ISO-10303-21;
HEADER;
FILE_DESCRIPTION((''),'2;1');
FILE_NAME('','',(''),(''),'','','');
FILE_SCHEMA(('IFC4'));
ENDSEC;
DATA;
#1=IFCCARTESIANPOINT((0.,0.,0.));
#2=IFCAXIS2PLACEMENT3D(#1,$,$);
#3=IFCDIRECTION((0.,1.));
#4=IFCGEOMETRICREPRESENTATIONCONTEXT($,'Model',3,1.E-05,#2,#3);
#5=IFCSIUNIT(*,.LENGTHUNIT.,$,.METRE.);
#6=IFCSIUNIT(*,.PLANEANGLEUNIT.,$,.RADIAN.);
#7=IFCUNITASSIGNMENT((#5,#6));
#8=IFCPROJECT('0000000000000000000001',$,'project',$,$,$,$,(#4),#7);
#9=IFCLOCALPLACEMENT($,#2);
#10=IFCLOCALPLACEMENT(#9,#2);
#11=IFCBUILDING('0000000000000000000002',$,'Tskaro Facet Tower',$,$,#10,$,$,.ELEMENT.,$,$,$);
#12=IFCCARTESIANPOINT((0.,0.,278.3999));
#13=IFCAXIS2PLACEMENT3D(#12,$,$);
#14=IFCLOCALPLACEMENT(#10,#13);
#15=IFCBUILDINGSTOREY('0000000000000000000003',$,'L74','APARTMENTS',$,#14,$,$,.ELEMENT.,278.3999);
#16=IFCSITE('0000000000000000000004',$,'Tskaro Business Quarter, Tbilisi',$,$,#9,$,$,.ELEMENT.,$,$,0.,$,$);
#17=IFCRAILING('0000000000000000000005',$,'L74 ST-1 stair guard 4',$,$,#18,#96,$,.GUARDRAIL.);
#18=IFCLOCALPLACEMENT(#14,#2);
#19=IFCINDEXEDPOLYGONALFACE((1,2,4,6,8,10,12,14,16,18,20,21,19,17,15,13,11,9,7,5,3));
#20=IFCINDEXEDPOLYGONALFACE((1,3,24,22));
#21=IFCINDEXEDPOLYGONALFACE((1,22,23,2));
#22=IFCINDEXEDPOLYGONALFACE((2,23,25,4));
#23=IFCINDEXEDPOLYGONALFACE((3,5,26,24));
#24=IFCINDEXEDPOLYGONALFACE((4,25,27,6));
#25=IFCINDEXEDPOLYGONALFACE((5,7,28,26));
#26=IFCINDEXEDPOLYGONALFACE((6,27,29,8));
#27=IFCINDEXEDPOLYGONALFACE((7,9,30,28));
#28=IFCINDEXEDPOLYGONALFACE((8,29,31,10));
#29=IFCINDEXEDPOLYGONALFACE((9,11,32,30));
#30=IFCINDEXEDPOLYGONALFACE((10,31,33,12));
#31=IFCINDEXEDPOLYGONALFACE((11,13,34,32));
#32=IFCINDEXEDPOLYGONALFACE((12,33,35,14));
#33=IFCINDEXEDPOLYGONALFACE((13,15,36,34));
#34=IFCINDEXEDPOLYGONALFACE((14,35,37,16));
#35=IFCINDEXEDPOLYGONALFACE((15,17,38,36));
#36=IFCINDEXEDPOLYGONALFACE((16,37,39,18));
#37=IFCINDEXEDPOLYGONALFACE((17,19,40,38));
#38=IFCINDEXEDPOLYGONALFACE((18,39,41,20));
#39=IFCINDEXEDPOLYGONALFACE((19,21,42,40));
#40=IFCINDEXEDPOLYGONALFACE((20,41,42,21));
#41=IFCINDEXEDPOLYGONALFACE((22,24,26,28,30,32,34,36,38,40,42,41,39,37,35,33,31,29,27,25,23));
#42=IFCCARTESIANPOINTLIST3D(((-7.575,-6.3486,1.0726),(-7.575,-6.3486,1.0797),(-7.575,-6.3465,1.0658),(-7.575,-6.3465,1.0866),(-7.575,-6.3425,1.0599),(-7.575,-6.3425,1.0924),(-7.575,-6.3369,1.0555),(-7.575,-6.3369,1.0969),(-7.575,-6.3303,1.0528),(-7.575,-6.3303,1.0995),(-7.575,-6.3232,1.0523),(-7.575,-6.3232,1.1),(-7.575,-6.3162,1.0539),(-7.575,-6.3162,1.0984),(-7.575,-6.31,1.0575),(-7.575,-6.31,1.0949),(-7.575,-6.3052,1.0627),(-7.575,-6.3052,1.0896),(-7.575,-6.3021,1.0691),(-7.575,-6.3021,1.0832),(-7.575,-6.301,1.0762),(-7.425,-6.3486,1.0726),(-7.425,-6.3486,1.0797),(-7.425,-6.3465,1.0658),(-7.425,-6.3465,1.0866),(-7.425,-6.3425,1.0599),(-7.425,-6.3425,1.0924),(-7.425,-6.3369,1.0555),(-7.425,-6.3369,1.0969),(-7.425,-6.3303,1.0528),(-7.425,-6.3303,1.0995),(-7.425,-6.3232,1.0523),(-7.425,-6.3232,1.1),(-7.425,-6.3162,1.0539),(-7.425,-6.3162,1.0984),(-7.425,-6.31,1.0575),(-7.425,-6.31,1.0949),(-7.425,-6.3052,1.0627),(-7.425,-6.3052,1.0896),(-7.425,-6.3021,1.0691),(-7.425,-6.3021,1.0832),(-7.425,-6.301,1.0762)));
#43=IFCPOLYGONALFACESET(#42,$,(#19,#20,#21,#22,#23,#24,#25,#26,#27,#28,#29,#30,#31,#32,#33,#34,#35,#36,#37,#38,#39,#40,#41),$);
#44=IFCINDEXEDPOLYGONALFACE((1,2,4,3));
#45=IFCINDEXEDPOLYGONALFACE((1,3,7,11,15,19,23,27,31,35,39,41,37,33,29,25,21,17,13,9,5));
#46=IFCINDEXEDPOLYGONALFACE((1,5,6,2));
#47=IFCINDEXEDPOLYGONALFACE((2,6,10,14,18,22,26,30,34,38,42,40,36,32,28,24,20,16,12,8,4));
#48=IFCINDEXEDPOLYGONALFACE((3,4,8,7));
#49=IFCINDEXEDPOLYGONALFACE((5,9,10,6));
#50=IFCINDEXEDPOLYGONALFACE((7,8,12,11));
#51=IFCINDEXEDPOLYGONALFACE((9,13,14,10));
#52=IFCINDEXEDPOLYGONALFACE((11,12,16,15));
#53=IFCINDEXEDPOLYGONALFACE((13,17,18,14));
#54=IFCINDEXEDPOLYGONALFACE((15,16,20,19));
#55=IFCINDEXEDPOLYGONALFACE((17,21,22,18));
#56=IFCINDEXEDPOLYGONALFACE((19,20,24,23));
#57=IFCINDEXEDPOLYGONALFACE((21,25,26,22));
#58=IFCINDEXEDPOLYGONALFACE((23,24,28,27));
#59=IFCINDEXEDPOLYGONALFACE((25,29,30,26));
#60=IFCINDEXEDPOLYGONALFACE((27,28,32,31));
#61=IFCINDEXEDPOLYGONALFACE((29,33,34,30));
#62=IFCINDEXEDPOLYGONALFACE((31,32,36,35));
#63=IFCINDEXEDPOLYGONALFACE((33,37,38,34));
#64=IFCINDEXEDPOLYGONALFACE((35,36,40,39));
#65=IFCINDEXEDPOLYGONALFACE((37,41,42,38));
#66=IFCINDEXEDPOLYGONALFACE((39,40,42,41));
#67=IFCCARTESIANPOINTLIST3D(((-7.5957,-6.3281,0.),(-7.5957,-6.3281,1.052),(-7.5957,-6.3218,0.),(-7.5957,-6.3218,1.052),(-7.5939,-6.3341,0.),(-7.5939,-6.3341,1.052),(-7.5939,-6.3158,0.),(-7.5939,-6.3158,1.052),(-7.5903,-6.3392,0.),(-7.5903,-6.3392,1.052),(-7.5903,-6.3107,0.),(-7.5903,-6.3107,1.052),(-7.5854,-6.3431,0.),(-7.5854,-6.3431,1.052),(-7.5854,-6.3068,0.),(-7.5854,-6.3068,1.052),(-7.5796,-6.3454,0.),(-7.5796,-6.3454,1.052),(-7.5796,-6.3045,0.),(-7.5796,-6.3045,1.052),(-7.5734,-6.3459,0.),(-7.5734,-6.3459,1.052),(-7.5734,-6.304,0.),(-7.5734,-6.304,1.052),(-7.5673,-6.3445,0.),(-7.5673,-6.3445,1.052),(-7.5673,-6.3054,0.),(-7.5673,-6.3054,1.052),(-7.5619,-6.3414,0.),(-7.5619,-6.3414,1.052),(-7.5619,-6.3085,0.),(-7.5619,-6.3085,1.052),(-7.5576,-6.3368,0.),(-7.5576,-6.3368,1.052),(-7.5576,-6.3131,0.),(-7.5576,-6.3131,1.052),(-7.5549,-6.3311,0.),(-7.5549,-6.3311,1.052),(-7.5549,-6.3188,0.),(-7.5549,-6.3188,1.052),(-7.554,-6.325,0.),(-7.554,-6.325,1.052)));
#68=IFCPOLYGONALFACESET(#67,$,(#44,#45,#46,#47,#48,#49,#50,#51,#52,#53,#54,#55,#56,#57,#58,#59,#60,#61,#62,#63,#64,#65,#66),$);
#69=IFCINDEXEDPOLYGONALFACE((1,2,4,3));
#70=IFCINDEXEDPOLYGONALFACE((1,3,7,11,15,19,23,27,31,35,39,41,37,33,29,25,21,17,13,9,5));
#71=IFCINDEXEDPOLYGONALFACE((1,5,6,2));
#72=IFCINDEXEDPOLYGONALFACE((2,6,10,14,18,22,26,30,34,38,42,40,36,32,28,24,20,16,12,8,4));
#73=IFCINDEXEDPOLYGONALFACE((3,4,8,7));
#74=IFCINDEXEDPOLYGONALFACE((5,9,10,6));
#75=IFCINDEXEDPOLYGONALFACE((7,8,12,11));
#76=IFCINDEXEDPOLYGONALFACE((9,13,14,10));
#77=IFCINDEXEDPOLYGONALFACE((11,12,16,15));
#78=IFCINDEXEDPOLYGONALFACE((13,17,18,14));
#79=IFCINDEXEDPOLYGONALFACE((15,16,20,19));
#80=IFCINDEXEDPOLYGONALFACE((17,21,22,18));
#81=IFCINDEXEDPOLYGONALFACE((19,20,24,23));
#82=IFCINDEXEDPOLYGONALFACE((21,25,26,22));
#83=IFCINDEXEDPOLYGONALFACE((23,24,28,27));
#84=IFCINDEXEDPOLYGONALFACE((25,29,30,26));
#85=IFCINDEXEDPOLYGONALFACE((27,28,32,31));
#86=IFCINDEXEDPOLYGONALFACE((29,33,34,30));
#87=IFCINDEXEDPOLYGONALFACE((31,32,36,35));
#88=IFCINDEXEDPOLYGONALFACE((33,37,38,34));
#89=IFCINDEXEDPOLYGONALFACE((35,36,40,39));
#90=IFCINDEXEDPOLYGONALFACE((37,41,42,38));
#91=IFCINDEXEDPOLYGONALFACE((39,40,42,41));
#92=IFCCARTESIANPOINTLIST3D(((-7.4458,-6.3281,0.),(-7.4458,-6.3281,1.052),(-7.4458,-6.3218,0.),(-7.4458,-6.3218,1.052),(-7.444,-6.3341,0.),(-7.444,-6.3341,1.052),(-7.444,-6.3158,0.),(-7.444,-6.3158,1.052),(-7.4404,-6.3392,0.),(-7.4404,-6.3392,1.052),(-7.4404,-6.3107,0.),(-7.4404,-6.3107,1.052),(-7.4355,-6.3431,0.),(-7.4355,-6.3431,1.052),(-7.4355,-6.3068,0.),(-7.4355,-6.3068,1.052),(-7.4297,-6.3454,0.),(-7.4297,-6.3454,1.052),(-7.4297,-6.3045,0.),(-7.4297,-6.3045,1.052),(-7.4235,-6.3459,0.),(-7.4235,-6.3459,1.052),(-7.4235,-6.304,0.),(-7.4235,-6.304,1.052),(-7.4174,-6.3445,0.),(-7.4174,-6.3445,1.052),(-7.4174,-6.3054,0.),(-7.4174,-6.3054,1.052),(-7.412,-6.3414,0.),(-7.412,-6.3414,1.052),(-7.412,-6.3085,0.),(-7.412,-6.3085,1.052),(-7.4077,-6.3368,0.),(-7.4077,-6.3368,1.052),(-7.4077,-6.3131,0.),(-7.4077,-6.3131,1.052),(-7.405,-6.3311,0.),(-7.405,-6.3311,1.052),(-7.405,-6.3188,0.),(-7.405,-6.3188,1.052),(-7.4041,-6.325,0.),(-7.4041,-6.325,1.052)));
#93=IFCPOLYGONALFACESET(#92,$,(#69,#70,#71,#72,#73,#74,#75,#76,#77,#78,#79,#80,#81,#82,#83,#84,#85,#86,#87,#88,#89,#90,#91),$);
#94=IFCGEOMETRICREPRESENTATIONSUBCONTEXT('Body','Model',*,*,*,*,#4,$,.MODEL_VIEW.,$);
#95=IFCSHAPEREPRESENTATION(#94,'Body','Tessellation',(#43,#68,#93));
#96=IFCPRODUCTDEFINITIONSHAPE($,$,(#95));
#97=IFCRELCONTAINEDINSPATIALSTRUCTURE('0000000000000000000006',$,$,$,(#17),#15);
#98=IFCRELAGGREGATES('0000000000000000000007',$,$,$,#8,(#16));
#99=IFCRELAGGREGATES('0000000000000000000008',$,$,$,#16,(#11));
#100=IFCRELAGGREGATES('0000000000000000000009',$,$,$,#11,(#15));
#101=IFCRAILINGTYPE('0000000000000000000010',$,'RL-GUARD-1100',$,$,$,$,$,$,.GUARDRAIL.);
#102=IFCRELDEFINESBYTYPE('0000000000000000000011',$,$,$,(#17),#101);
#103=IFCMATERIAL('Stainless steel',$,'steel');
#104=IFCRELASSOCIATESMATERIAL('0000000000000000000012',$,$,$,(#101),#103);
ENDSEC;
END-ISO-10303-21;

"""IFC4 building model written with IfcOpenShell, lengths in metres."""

from ifc_helpers import new_model, si_unit, direction, frame, origin, origin_2d, place, context, subcontext, project, spatial, circle, extrude, material, type_object, element, save


model = new_model("IFC4")

# Units and contexts
model_context = context("Model", 3, precision=1e-05, world=origin(), true_north=direction((0.0, 1.0)))
body_context = subcontext(model_context, "Body", "Model", "MODEL_VIEW")
ifc_project = project(units=[si_unit("LENGTHUNIT", "METRE"), si_unit("PLANEANGLEUNIT", "RADIAN")], contexts=[model_context])

# Site, building, storey
site_placement = place(None, origin())
site = spatial("IfcSite", under=ifc_project, at=site_placement, Name="Tskaro Business Quarter, Tbilisi", CompositionType="ELEMENT", RefElevation=0.0)
building_placement = place(site_placement, origin())
building = spatial("IfcBuilding", under=site, at=building_placement, Name="Tskaro Facet Tower", CompositionType="ELEMENT")
storey_placement = place(building_placement, frame((0.0, 0.0, 278.3999)))
storey = spatial("IfcBuildingStorey", under=building, at=storey_placement, Name="L74", Description="APARTMENTS", CompositionType="ELEMENT", Elevation=278.3999)

# Shared definitions
ifc_material_1 = material(Name="Stainless steel", Category="steel")

# Railing
railing_type_1 = type_object("IfcRailingType", Name="RL-GUARD-1100", PredefinedType="GUARDRAIL", material=ifc_material_1)
railing_1_placement = place(storey_placement, frame((-7.575, -6.325, 0.0)))
element("IfcRailing", 1, at=railing_1_placement, inside=storey, type_object=railing_type_1, Name="L74 ST-1 stair guard 4", PredefinedType="GUARDRAIL", context=body_context, shape_type="SweptSolid", body=[
    extrude(circle(Radius=0.0239, at=origin_2d()), frame((0.0, 0.0, 1.0762), z_axis=(1.0, 0.0, 0.0), x_axis=(0.0, 1.0, 0.0)), (0.0, 0.0, 1.0), 0.1499),
    extrude(circle(Radius=0.021, at=origin_2d()), origin(), (0.0, 0.0, 1.0), 1.052),
    extrude(circle(Radius=0.021, at=origin_2d()), frame((0.1499, 0.0, 0.0)), (0.0, 0.0, 1.0), 1.052),
])

save(model, "model.ifc")
